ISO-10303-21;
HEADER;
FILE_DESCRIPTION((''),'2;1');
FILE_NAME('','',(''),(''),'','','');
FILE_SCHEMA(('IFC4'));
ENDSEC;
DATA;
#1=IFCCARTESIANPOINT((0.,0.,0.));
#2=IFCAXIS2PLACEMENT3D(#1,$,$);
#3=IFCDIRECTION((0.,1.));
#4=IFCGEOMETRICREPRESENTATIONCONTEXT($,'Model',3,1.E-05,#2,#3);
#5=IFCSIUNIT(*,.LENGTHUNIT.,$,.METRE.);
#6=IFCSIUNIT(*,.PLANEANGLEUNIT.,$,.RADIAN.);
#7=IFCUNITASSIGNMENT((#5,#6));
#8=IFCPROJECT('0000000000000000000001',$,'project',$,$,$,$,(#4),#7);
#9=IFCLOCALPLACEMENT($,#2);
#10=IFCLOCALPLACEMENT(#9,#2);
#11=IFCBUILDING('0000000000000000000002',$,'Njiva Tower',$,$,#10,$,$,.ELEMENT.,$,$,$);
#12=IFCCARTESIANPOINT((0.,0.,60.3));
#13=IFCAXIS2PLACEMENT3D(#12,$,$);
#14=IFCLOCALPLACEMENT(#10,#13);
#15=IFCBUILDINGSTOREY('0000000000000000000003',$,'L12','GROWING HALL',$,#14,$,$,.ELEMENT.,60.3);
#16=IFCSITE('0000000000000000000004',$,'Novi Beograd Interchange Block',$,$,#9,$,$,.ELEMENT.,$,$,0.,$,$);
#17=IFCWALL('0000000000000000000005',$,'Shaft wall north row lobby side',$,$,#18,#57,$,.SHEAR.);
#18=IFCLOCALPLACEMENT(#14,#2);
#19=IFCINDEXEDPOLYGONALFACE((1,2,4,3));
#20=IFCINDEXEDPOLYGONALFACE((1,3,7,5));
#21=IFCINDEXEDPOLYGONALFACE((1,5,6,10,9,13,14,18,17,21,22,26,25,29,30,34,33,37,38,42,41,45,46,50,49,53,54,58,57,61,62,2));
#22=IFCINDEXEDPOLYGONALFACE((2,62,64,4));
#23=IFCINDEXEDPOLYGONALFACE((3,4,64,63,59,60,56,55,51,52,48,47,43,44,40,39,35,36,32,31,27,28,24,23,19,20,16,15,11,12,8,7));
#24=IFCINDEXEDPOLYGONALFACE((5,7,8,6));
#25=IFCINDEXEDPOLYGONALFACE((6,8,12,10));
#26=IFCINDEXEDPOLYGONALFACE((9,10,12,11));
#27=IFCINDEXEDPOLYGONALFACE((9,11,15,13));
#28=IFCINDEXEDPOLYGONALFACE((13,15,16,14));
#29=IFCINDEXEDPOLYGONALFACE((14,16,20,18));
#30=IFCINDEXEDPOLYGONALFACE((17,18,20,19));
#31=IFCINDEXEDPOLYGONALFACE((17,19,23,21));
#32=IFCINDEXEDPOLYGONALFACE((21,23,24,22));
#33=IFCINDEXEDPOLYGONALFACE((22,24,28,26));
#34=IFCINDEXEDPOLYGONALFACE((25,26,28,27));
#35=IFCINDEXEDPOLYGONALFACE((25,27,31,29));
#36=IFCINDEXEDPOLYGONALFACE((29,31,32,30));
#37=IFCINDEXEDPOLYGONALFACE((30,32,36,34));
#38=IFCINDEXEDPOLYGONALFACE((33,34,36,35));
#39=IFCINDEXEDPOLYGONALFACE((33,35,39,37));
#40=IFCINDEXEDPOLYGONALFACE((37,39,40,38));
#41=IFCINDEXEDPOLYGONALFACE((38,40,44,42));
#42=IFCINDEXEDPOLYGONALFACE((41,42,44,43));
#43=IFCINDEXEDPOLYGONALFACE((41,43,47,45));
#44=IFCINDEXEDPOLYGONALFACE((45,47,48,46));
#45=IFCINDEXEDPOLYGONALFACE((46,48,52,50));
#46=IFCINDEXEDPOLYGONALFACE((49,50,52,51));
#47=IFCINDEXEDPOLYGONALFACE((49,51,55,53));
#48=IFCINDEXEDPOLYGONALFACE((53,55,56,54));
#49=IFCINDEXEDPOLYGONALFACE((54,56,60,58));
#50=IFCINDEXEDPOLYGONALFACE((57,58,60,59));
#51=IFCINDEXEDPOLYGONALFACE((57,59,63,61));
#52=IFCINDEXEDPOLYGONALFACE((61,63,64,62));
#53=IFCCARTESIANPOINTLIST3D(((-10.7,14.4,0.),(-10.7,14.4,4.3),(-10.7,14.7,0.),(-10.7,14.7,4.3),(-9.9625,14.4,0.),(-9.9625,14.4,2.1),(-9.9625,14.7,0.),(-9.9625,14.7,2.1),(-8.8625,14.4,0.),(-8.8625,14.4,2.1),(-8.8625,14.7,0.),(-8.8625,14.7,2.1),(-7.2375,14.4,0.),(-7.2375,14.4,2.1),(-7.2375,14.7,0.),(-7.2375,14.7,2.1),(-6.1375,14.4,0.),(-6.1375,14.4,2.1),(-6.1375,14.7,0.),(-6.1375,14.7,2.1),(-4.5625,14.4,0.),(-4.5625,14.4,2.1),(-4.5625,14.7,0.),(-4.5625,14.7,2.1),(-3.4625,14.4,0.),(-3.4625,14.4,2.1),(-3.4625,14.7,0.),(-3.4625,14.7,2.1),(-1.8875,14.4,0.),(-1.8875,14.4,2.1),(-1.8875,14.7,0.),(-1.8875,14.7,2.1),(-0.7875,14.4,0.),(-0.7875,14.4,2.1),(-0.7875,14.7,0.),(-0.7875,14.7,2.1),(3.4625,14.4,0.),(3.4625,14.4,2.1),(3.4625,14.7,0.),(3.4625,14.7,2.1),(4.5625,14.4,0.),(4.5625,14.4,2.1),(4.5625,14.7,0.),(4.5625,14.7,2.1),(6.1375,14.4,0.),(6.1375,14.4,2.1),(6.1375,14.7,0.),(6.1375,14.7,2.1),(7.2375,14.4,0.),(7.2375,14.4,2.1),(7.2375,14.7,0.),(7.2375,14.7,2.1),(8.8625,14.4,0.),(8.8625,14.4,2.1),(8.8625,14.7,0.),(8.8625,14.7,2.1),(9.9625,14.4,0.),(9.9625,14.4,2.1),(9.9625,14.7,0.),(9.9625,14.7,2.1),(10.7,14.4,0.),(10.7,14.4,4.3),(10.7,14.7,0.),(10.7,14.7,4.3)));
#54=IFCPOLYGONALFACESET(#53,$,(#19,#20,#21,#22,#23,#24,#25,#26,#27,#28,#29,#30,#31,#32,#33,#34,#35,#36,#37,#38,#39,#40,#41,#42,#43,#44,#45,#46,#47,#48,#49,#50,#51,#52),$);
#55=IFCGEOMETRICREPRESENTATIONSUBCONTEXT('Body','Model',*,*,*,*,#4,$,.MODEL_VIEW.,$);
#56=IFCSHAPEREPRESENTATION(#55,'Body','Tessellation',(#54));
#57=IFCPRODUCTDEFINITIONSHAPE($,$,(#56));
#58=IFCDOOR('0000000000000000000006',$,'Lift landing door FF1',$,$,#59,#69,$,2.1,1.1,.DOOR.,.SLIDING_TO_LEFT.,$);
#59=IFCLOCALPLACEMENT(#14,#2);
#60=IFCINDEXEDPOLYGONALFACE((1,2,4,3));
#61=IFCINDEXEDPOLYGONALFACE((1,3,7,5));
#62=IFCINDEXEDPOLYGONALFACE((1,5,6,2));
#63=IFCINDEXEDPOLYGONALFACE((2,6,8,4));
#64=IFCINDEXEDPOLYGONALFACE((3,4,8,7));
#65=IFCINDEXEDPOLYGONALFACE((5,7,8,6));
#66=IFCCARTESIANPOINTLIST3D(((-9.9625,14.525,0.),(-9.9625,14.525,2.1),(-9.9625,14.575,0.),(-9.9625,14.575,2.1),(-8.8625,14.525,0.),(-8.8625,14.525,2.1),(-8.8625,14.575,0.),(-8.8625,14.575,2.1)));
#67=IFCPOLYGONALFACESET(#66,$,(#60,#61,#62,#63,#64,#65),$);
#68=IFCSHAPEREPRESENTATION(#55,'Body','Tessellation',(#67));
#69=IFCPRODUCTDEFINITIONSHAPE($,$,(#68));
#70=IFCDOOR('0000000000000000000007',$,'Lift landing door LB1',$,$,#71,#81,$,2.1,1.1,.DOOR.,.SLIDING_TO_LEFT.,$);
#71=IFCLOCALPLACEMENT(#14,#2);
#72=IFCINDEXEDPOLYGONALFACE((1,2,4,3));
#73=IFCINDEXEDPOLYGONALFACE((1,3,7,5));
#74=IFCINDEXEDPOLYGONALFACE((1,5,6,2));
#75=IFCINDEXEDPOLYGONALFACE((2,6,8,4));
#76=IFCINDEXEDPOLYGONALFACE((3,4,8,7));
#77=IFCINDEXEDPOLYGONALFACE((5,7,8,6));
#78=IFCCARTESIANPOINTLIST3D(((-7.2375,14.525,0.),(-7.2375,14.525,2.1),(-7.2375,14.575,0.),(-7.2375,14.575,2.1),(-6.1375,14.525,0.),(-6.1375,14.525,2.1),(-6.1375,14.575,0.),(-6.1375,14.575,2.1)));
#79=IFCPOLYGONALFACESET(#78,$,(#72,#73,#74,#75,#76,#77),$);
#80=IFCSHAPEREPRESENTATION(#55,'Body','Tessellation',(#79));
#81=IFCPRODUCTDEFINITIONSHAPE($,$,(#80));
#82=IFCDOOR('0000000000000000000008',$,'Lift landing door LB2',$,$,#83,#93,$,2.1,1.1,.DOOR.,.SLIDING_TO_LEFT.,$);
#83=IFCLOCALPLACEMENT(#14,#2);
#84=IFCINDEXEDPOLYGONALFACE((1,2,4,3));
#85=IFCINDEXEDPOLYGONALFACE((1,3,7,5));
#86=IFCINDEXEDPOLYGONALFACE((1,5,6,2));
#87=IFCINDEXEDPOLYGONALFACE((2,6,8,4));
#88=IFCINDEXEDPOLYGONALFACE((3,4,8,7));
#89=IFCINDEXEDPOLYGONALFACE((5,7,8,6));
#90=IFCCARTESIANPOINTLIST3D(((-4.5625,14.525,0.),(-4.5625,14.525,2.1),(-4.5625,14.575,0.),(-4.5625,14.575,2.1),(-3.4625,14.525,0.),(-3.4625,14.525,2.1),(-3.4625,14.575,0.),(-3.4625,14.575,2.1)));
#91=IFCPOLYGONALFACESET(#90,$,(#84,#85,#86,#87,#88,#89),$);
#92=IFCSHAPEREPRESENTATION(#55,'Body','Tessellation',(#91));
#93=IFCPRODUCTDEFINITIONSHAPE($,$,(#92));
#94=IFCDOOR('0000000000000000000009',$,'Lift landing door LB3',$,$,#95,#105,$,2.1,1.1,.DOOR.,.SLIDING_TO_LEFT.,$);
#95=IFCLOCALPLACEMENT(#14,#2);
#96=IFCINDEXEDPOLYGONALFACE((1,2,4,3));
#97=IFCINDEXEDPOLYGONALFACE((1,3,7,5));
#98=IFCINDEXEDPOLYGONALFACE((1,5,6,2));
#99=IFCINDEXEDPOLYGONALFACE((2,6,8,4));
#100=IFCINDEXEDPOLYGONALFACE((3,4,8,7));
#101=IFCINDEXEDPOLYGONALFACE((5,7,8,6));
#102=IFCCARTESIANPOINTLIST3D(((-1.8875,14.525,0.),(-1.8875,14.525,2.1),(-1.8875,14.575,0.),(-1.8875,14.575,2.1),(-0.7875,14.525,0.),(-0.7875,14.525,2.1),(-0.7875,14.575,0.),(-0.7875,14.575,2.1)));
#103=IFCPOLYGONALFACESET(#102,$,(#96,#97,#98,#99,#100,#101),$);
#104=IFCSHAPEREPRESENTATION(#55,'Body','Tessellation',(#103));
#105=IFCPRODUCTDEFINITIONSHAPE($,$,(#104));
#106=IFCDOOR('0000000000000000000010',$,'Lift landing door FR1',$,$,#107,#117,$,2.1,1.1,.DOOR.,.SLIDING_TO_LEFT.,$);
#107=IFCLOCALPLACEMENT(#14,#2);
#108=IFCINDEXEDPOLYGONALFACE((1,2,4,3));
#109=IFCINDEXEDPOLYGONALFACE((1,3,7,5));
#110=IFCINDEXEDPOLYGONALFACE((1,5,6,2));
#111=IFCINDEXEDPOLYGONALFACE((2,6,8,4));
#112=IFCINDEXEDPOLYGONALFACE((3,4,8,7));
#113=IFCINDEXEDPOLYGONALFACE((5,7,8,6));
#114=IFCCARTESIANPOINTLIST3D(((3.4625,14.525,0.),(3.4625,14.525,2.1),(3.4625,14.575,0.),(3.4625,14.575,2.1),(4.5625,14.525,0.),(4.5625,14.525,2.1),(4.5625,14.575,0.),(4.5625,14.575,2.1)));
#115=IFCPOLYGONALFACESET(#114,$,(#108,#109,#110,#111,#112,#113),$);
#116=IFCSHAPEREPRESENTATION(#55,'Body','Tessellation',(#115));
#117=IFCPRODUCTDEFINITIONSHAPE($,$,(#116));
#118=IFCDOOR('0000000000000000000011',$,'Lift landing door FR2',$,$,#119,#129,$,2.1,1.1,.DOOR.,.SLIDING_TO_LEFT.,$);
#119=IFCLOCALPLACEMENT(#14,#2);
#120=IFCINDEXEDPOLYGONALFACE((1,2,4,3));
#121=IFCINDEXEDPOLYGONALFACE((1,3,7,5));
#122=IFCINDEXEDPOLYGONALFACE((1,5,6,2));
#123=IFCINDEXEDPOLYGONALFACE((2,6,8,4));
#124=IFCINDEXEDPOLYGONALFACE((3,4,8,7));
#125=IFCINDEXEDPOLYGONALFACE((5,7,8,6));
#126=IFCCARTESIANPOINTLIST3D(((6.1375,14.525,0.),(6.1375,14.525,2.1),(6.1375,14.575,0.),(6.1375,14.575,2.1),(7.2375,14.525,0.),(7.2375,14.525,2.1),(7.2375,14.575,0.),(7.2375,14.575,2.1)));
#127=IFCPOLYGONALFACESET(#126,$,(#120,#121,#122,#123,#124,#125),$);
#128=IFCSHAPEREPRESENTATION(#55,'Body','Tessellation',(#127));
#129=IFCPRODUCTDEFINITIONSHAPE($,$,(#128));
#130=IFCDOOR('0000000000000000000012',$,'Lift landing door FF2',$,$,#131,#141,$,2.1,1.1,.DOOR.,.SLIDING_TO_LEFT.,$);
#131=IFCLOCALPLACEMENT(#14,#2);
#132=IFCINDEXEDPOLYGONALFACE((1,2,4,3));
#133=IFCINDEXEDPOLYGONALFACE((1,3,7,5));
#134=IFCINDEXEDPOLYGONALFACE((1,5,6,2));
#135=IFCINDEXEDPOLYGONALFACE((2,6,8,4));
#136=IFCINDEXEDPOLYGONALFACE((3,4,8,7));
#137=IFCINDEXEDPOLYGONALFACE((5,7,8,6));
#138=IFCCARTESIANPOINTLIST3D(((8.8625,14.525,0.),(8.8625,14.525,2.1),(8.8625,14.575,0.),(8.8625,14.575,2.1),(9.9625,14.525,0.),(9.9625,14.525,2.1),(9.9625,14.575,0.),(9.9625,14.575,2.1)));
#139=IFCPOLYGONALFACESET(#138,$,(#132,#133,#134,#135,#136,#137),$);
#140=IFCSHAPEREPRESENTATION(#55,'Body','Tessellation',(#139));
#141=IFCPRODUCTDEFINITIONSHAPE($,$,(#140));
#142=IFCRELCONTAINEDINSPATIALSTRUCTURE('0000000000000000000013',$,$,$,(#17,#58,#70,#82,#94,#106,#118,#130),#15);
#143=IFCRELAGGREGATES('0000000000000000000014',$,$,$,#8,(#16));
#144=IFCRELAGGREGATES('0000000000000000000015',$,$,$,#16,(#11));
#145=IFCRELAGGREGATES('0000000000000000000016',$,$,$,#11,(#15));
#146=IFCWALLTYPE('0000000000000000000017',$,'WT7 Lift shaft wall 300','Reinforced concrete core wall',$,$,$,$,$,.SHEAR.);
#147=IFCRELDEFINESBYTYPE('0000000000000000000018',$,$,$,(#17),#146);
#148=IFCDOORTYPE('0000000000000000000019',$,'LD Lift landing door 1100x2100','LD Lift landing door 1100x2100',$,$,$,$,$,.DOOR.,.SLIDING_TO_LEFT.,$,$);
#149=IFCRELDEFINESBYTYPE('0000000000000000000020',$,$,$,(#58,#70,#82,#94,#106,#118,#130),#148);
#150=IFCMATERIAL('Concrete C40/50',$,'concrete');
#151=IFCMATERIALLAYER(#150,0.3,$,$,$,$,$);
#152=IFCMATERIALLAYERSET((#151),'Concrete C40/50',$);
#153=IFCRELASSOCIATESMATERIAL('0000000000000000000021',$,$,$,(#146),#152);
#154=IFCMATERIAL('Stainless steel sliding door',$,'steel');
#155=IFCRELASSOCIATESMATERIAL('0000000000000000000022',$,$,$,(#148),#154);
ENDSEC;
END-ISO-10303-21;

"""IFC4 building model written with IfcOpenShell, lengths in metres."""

from ifc_helpers import new_model, si_unit, direction, frame, frame_2d, origin, place, context, subcontext, project, spatial, rectangle, extrude, material, layer, layer_set, type_object, element, fill, save


model = new_model("IFC4")

# Units and contexts
model_context = context("Model", 3, precision=1e-05, world=origin(), true_north=direction((0.0, 1.0)))
body_context = subcontext(model_context, "Body", "Model", "MODEL_VIEW")
ifc_project = project(units=[si_unit("LENGTHUNIT", "METRE"), si_unit("PLANEANGLEUNIT", "RADIAN")], contexts=[model_context])

# Site, building, storey
site_placement = place(None, origin())
site = spatial("IfcSite", under=ifc_project, at=site_placement, Name="Novi Beograd Interchange Block", CompositionType="ELEMENT", RefElevation=0.0)
building_placement = place(site_placement, origin())
building = spatial("IfcBuilding", under=site, at=building_placement, Name="Njiva Tower", CompositionType="ELEMENT")
storey_placement = place(building_placement, frame((0.0, 0.0, 60.3)))
storey = spatial("IfcBuildingStorey", under=building, at=storey_placement, Name="L12", Description="GROWING HALL", CompositionType="ELEMENT", Elevation=60.3)

# Shared definitions
ifc_material_1 = material(Name="Concrete C40/50", Category="concrete")

# Wall, openings, doors
ifc_layer_1 = layer(ifc_material_1, 0.3)
ifc_layer_set_1 = layer_set([ifc_layer_1], Name="Concrete C40/50")
wall_type_1 = type_object("IfcWallType", Name="WT7 Lift shaft wall 300", Description="Reinforced concrete core wall", PredefinedType="SHEAR", material=ifc_layer_set_1)
wall_1_placement = place(storey_placement, frame((-10.7, 14.55, 0.0), z_axis=(0.0, 0.0, 1.0), x_axis=(1.0, 0.0, 0.0)))
wall_1 = element("IfcWall", 1, at=wall_1_placement, inside=storey, type_object=wall_type_1, Name="Shaft wall north row lobby side", PredefinedType="SHEAR", context=body_context, shape_type="SweptSolid", body=[
    extrude(rectangle(XDim=21.4, YDim=0.3, at=frame_2d((10.7, 0.0))), origin(), (0.0, 0.0, 1.0), 4.3),
])
opening_1_placement = place(wall_1_placement, frame((0.7375, 0.0, 0.0)))
opening_1 = element("IfcOpeningElement", 2, at=opening_1_placement, cuts=wall_1, PredefinedType="OPENING", context=body_context, shape_type="SweptSolid", body=[
    extrude(rectangle(XDim=1.1, YDim=2.1, at=frame_2d((0.55, 1.05))), frame((0.0, 0.16, 0.0), z_axis=(0.0, -1.0, 0.0), x_axis=(1.0, 0.0, 0.0)), (0.0, 0.0, 1.0), 0.32),
])
opening_2_placement = place(wall_1_placement, frame((3.4625, 0.0, 0.0)))
opening_2 = element("IfcOpeningElement", 3, at=opening_2_placement, cuts=wall_1, PredefinedType="OPENING", context=body_context, shape_type="SweptSolid", body=[
    extrude(rectangle(XDim=1.1, YDim=2.1, at=frame_2d((0.55, 1.05))), frame((0.0, 0.16, 0.0), z_axis=(0.0, -1.0, 0.0), x_axis=(1.0, 0.0, 0.0)), (0.0, 0.0, 1.0), 0.32),
])
opening_3_placement = place(wall_1_placement, frame((6.1375, 0.0, 0.0)))
opening_3 = element("IfcOpeningElement", 4, at=opening_3_placement, cuts=wall_1, PredefinedType="OPENING", context=body_context, shape_type="SweptSolid", body=[
    extrude(rectangle(XDim=1.1, YDim=2.1, at=frame_2d((0.55, 1.05))), frame((0.0, 0.16, 0.0), z_axis=(0.0, -1.0, 0.0), x_axis=(1.0, 0.0, 0.0)), (0.0, 0.0, 1.0), 0.32),
])
opening_4_placement = place(wall_1_placement, frame((8.8125, 0.0, 0.0)))
opening_4 = element("IfcOpeningElement", 5, at=opening_4_placement, cuts=wall_1, PredefinedType="OPENING", context=body_context, shape_type="SweptSolid", body=[
    extrude(rectangle(XDim=1.1, YDim=2.1, at=frame_2d((0.55, 1.05))), frame((0.0, 0.16, 0.0), z_axis=(0.0, -1.0, 0.0), x_axis=(1.0, 0.0, 0.0)), (0.0, 0.0, 1.0), 0.32),
])
opening_5_placement = place(wall_1_placement, frame((14.1625, 0.0, 0.0)))
opening_5 = element("IfcOpeningElement", 6, at=opening_5_placement, cuts=wall_1, PredefinedType="OPENING", context=body_context, shape_type="SweptSolid", body=[
    extrude(rectangle(XDim=1.1, YDim=2.1, at=frame_2d((0.55, 1.05))), frame((0.0, 0.16, 0.0), z_axis=(0.0, -1.0, 0.0), x_axis=(1.0, 0.0, 0.0)), (0.0, 0.0, 1.0), 0.32),
])
opening_6_placement = place(wall_1_placement, frame((16.8375, 0.0, 0.0)))
opening_6 = element("IfcOpeningElement", 7, at=opening_6_placement, cuts=wall_1, PredefinedType="OPENING", context=body_context, shape_type="SweptSolid", body=[
    extrude(rectangle(XDim=1.1, YDim=2.1, at=frame_2d((0.55, 1.05))), frame((0.0, 0.16, 0.0), z_axis=(0.0, -1.0, 0.0), x_axis=(1.0, 0.0, 0.0)), (0.0, 0.0, 1.0), 0.32),
])
opening_7_placement = place(wall_1_placement, frame((19.5625, 0.0, 0.0)))
opening_7 = element("IfcOpeningElement", 8, at=opening_7_placement, cuts=wall_1, PredefinedType="OPENING", context=body_context, shape_type="SweptSolid", body=[
    extrude(rectangle(XDim=1.1, YDim=2.1, at=frame_2d((0.55, 1.05))), frame((0.0, 0.16, 0.0), z_axis=(0.0, -1.0, 0.0), x_axis=(1.0, 0.0, 0.0)), (0.0, 0.0, 1.0), 0.32),
])
ifc_material_2 = material(Name="Stainless steel sliding door", Category="steel")
door_type_1 = type_object("IfcDoorType", Name="LD Lift landing door 1100x2100", Description="LD Lift landing door 1100x2100", OperationType="SLIDING_TO_LEFT", PredefinedType="DOOR", material=ifc_material_2)
door_1_placement = place(opening_1_placement, origin())
door_1 = element("IfcDoor", 9, at=door_1_placement, inside=storey, type_object=door_type_1, Name="Lift landing door FF1", OperationType="SLIDING_TO_LEFT", OverallHeight=2.1, OverallWidth=1.1, PredefinedType="DOOR", context=body_context, shape_type="SweptSolid", body=[
    extrude(rectangle(XDim=1.1, YDim=2.1, at=frame_2d((0.55, 1.05))), frame((0.0, 0.025, 0.0), z_axis=(0.0, -1.0, 0.0), x_axis=(1.0, 0.0, 0.0)), (0.0, 0.0, 1.0), 0.05),
])
fill(opening_1, door_1)
door_2_placement = place(opening_2_placement, origin())
door_2 = element("IfcDoor", 10, at=door_2_placement, inside=storey, type_object=door_type_1, Name="Lift landing door LB1", OperationType="SLIDING_TO_LEFT", OverallHeight=2.1, OverallWidth=1.1, PredefinedType="DOOR", context=body_context, shape_type="SweptSolid", body=[
    extrude(rectangle(XDim=1.1, YDim=2.1, at=frame_2d((0.55, 1.05))), frame((0.0, 0.025, 0.0), z_axis=(0.0, -1.0, 0.0), x_axis=(1.0, 0.0, 0.0)), (0.0, 0.0, 1.0), 0.05),
])
fill(opening_2, door_2)
door_3_placement = place(opening_3_placement, origin())
door_3 = element("IfcDoor", 11, at=door_3_placement, inside=storey, type_object=door_type_1, Name="Lift landing door LB2", OperationType="SLIDING_TO_LEFT", OverallHeight=2.1, OverallWidth=1.1, PredefinedType="DOOR", context=body_context, shape_type="SweptSolid", body=[
    extrude(rectangle(XDim=1.1, YDim=2.1, at=frame_2d((0.55, 1.05))), frame((0.0, 0.025, 0.0), z_axis=(0.0, -1.0, 0.0), x_axis=(1.0, 0.0, 0.0)), (0.0, 0.0, 1.0), 0.05),
])
fill(opening_3, door_3)
door_4_placement = place(opening_4_placement, origin())
door_4 = element("IfcDoor", 12, at=door_4_placement, inside=storey, type_object=door_type_1, Name="Lift landing door LB3", OperationType="SLIDING_TO_LEFT", OverallHeight=2.1, OverallWidth=1.1, PredefinedType="DOOR", context=body_context, shape_type="SweptSolid", body=[
    extrude(rectangle(XDim=1.1, YDim=2.1, at=frame_2d((0.55, 1.05))), frame((0.0, 0.025, 0.0), z_axis=(0.0, -1.0, 0.0), x_axis=(1.0, 0.0, 0.0)), (0.0, 0.0, 1.0), 0.05),
])
fill(opening_4, door_4)
door_5_placement = place(opening_5_placement, origin())
door_5 = element("IfcDoor", 13, at=door_5_placement, inside=storey, type_object=door_type_1, Name="Lift landing door FR1", OperationType="SLIDING_TO_LEFT", OverallHeight=2.1, OverallWidth=1.1, PredefinedType="DOOR", context=body_context, shape_type="SweptSolid", body=[
    extrude(rectangle(XDim=1.1, YDim=2.1, at=frame_2d((0.55, 1.05))), frame((0.0, 0.025, 0.0), z_axis=(0.0, -1.0, 0.0), x_axis=(1.0, 0.0, 0.0)), (0.0, 0.0, 1.0), 0.05),
])
fill(opening_5, door_5)
door_6_placement = place(opening_6_placement, origin())
door_6 = element("IfcDoor", 14, at=door_6_placement, inside=storey, type_object=door_type_1, Name="Lift landing door FR2", OperationType="SLIDING_TO_LEFT", OverallHeight=2.1, OverallWidth=1.1, PredefinedType="DOOR", context=body_context, shape_type="SweptSolid", body=[
    extrude(rectangle(XDim=1.1, YDim=2.1, at=frame_2d((0.55, 1.05))), frame((0.0, 0.025, 0.0), z_axis=(0.0, -1.0, 0.0), x_axis=(1.0, 0.0, 0.0)), (0.0, 0.0, 1.0), 0.05),
])
fill(opening_6, door_6)
door_7_placement = place(opening_7_placement, origin())
door_7 = element("IfcDoor", 15, at=door_7_placement, inside=storey, type_object=door_type_1, Name="Lift landing door FF2", OperationType="SLIDING_TO_LEFT", OverallHeight=2.1, OverallWidth=1.1, PredefinedType="DOOR", context=body_context, shape_type="SweptSolid", body=[
    extrude(rectangle(XDim=1.1, YDim=2.1, at=frame_2d((0.55, 1.05))), frame((0.0, 0.025, 0.0), z_axis=(0.0, -1.0, 0.0), x_axis=(1.0, 0.0, 0.0)), (0.0, 0.0, 1.0), 0.05),
])
fill(opening_7, door_7)

save(model, "model.ifc")
